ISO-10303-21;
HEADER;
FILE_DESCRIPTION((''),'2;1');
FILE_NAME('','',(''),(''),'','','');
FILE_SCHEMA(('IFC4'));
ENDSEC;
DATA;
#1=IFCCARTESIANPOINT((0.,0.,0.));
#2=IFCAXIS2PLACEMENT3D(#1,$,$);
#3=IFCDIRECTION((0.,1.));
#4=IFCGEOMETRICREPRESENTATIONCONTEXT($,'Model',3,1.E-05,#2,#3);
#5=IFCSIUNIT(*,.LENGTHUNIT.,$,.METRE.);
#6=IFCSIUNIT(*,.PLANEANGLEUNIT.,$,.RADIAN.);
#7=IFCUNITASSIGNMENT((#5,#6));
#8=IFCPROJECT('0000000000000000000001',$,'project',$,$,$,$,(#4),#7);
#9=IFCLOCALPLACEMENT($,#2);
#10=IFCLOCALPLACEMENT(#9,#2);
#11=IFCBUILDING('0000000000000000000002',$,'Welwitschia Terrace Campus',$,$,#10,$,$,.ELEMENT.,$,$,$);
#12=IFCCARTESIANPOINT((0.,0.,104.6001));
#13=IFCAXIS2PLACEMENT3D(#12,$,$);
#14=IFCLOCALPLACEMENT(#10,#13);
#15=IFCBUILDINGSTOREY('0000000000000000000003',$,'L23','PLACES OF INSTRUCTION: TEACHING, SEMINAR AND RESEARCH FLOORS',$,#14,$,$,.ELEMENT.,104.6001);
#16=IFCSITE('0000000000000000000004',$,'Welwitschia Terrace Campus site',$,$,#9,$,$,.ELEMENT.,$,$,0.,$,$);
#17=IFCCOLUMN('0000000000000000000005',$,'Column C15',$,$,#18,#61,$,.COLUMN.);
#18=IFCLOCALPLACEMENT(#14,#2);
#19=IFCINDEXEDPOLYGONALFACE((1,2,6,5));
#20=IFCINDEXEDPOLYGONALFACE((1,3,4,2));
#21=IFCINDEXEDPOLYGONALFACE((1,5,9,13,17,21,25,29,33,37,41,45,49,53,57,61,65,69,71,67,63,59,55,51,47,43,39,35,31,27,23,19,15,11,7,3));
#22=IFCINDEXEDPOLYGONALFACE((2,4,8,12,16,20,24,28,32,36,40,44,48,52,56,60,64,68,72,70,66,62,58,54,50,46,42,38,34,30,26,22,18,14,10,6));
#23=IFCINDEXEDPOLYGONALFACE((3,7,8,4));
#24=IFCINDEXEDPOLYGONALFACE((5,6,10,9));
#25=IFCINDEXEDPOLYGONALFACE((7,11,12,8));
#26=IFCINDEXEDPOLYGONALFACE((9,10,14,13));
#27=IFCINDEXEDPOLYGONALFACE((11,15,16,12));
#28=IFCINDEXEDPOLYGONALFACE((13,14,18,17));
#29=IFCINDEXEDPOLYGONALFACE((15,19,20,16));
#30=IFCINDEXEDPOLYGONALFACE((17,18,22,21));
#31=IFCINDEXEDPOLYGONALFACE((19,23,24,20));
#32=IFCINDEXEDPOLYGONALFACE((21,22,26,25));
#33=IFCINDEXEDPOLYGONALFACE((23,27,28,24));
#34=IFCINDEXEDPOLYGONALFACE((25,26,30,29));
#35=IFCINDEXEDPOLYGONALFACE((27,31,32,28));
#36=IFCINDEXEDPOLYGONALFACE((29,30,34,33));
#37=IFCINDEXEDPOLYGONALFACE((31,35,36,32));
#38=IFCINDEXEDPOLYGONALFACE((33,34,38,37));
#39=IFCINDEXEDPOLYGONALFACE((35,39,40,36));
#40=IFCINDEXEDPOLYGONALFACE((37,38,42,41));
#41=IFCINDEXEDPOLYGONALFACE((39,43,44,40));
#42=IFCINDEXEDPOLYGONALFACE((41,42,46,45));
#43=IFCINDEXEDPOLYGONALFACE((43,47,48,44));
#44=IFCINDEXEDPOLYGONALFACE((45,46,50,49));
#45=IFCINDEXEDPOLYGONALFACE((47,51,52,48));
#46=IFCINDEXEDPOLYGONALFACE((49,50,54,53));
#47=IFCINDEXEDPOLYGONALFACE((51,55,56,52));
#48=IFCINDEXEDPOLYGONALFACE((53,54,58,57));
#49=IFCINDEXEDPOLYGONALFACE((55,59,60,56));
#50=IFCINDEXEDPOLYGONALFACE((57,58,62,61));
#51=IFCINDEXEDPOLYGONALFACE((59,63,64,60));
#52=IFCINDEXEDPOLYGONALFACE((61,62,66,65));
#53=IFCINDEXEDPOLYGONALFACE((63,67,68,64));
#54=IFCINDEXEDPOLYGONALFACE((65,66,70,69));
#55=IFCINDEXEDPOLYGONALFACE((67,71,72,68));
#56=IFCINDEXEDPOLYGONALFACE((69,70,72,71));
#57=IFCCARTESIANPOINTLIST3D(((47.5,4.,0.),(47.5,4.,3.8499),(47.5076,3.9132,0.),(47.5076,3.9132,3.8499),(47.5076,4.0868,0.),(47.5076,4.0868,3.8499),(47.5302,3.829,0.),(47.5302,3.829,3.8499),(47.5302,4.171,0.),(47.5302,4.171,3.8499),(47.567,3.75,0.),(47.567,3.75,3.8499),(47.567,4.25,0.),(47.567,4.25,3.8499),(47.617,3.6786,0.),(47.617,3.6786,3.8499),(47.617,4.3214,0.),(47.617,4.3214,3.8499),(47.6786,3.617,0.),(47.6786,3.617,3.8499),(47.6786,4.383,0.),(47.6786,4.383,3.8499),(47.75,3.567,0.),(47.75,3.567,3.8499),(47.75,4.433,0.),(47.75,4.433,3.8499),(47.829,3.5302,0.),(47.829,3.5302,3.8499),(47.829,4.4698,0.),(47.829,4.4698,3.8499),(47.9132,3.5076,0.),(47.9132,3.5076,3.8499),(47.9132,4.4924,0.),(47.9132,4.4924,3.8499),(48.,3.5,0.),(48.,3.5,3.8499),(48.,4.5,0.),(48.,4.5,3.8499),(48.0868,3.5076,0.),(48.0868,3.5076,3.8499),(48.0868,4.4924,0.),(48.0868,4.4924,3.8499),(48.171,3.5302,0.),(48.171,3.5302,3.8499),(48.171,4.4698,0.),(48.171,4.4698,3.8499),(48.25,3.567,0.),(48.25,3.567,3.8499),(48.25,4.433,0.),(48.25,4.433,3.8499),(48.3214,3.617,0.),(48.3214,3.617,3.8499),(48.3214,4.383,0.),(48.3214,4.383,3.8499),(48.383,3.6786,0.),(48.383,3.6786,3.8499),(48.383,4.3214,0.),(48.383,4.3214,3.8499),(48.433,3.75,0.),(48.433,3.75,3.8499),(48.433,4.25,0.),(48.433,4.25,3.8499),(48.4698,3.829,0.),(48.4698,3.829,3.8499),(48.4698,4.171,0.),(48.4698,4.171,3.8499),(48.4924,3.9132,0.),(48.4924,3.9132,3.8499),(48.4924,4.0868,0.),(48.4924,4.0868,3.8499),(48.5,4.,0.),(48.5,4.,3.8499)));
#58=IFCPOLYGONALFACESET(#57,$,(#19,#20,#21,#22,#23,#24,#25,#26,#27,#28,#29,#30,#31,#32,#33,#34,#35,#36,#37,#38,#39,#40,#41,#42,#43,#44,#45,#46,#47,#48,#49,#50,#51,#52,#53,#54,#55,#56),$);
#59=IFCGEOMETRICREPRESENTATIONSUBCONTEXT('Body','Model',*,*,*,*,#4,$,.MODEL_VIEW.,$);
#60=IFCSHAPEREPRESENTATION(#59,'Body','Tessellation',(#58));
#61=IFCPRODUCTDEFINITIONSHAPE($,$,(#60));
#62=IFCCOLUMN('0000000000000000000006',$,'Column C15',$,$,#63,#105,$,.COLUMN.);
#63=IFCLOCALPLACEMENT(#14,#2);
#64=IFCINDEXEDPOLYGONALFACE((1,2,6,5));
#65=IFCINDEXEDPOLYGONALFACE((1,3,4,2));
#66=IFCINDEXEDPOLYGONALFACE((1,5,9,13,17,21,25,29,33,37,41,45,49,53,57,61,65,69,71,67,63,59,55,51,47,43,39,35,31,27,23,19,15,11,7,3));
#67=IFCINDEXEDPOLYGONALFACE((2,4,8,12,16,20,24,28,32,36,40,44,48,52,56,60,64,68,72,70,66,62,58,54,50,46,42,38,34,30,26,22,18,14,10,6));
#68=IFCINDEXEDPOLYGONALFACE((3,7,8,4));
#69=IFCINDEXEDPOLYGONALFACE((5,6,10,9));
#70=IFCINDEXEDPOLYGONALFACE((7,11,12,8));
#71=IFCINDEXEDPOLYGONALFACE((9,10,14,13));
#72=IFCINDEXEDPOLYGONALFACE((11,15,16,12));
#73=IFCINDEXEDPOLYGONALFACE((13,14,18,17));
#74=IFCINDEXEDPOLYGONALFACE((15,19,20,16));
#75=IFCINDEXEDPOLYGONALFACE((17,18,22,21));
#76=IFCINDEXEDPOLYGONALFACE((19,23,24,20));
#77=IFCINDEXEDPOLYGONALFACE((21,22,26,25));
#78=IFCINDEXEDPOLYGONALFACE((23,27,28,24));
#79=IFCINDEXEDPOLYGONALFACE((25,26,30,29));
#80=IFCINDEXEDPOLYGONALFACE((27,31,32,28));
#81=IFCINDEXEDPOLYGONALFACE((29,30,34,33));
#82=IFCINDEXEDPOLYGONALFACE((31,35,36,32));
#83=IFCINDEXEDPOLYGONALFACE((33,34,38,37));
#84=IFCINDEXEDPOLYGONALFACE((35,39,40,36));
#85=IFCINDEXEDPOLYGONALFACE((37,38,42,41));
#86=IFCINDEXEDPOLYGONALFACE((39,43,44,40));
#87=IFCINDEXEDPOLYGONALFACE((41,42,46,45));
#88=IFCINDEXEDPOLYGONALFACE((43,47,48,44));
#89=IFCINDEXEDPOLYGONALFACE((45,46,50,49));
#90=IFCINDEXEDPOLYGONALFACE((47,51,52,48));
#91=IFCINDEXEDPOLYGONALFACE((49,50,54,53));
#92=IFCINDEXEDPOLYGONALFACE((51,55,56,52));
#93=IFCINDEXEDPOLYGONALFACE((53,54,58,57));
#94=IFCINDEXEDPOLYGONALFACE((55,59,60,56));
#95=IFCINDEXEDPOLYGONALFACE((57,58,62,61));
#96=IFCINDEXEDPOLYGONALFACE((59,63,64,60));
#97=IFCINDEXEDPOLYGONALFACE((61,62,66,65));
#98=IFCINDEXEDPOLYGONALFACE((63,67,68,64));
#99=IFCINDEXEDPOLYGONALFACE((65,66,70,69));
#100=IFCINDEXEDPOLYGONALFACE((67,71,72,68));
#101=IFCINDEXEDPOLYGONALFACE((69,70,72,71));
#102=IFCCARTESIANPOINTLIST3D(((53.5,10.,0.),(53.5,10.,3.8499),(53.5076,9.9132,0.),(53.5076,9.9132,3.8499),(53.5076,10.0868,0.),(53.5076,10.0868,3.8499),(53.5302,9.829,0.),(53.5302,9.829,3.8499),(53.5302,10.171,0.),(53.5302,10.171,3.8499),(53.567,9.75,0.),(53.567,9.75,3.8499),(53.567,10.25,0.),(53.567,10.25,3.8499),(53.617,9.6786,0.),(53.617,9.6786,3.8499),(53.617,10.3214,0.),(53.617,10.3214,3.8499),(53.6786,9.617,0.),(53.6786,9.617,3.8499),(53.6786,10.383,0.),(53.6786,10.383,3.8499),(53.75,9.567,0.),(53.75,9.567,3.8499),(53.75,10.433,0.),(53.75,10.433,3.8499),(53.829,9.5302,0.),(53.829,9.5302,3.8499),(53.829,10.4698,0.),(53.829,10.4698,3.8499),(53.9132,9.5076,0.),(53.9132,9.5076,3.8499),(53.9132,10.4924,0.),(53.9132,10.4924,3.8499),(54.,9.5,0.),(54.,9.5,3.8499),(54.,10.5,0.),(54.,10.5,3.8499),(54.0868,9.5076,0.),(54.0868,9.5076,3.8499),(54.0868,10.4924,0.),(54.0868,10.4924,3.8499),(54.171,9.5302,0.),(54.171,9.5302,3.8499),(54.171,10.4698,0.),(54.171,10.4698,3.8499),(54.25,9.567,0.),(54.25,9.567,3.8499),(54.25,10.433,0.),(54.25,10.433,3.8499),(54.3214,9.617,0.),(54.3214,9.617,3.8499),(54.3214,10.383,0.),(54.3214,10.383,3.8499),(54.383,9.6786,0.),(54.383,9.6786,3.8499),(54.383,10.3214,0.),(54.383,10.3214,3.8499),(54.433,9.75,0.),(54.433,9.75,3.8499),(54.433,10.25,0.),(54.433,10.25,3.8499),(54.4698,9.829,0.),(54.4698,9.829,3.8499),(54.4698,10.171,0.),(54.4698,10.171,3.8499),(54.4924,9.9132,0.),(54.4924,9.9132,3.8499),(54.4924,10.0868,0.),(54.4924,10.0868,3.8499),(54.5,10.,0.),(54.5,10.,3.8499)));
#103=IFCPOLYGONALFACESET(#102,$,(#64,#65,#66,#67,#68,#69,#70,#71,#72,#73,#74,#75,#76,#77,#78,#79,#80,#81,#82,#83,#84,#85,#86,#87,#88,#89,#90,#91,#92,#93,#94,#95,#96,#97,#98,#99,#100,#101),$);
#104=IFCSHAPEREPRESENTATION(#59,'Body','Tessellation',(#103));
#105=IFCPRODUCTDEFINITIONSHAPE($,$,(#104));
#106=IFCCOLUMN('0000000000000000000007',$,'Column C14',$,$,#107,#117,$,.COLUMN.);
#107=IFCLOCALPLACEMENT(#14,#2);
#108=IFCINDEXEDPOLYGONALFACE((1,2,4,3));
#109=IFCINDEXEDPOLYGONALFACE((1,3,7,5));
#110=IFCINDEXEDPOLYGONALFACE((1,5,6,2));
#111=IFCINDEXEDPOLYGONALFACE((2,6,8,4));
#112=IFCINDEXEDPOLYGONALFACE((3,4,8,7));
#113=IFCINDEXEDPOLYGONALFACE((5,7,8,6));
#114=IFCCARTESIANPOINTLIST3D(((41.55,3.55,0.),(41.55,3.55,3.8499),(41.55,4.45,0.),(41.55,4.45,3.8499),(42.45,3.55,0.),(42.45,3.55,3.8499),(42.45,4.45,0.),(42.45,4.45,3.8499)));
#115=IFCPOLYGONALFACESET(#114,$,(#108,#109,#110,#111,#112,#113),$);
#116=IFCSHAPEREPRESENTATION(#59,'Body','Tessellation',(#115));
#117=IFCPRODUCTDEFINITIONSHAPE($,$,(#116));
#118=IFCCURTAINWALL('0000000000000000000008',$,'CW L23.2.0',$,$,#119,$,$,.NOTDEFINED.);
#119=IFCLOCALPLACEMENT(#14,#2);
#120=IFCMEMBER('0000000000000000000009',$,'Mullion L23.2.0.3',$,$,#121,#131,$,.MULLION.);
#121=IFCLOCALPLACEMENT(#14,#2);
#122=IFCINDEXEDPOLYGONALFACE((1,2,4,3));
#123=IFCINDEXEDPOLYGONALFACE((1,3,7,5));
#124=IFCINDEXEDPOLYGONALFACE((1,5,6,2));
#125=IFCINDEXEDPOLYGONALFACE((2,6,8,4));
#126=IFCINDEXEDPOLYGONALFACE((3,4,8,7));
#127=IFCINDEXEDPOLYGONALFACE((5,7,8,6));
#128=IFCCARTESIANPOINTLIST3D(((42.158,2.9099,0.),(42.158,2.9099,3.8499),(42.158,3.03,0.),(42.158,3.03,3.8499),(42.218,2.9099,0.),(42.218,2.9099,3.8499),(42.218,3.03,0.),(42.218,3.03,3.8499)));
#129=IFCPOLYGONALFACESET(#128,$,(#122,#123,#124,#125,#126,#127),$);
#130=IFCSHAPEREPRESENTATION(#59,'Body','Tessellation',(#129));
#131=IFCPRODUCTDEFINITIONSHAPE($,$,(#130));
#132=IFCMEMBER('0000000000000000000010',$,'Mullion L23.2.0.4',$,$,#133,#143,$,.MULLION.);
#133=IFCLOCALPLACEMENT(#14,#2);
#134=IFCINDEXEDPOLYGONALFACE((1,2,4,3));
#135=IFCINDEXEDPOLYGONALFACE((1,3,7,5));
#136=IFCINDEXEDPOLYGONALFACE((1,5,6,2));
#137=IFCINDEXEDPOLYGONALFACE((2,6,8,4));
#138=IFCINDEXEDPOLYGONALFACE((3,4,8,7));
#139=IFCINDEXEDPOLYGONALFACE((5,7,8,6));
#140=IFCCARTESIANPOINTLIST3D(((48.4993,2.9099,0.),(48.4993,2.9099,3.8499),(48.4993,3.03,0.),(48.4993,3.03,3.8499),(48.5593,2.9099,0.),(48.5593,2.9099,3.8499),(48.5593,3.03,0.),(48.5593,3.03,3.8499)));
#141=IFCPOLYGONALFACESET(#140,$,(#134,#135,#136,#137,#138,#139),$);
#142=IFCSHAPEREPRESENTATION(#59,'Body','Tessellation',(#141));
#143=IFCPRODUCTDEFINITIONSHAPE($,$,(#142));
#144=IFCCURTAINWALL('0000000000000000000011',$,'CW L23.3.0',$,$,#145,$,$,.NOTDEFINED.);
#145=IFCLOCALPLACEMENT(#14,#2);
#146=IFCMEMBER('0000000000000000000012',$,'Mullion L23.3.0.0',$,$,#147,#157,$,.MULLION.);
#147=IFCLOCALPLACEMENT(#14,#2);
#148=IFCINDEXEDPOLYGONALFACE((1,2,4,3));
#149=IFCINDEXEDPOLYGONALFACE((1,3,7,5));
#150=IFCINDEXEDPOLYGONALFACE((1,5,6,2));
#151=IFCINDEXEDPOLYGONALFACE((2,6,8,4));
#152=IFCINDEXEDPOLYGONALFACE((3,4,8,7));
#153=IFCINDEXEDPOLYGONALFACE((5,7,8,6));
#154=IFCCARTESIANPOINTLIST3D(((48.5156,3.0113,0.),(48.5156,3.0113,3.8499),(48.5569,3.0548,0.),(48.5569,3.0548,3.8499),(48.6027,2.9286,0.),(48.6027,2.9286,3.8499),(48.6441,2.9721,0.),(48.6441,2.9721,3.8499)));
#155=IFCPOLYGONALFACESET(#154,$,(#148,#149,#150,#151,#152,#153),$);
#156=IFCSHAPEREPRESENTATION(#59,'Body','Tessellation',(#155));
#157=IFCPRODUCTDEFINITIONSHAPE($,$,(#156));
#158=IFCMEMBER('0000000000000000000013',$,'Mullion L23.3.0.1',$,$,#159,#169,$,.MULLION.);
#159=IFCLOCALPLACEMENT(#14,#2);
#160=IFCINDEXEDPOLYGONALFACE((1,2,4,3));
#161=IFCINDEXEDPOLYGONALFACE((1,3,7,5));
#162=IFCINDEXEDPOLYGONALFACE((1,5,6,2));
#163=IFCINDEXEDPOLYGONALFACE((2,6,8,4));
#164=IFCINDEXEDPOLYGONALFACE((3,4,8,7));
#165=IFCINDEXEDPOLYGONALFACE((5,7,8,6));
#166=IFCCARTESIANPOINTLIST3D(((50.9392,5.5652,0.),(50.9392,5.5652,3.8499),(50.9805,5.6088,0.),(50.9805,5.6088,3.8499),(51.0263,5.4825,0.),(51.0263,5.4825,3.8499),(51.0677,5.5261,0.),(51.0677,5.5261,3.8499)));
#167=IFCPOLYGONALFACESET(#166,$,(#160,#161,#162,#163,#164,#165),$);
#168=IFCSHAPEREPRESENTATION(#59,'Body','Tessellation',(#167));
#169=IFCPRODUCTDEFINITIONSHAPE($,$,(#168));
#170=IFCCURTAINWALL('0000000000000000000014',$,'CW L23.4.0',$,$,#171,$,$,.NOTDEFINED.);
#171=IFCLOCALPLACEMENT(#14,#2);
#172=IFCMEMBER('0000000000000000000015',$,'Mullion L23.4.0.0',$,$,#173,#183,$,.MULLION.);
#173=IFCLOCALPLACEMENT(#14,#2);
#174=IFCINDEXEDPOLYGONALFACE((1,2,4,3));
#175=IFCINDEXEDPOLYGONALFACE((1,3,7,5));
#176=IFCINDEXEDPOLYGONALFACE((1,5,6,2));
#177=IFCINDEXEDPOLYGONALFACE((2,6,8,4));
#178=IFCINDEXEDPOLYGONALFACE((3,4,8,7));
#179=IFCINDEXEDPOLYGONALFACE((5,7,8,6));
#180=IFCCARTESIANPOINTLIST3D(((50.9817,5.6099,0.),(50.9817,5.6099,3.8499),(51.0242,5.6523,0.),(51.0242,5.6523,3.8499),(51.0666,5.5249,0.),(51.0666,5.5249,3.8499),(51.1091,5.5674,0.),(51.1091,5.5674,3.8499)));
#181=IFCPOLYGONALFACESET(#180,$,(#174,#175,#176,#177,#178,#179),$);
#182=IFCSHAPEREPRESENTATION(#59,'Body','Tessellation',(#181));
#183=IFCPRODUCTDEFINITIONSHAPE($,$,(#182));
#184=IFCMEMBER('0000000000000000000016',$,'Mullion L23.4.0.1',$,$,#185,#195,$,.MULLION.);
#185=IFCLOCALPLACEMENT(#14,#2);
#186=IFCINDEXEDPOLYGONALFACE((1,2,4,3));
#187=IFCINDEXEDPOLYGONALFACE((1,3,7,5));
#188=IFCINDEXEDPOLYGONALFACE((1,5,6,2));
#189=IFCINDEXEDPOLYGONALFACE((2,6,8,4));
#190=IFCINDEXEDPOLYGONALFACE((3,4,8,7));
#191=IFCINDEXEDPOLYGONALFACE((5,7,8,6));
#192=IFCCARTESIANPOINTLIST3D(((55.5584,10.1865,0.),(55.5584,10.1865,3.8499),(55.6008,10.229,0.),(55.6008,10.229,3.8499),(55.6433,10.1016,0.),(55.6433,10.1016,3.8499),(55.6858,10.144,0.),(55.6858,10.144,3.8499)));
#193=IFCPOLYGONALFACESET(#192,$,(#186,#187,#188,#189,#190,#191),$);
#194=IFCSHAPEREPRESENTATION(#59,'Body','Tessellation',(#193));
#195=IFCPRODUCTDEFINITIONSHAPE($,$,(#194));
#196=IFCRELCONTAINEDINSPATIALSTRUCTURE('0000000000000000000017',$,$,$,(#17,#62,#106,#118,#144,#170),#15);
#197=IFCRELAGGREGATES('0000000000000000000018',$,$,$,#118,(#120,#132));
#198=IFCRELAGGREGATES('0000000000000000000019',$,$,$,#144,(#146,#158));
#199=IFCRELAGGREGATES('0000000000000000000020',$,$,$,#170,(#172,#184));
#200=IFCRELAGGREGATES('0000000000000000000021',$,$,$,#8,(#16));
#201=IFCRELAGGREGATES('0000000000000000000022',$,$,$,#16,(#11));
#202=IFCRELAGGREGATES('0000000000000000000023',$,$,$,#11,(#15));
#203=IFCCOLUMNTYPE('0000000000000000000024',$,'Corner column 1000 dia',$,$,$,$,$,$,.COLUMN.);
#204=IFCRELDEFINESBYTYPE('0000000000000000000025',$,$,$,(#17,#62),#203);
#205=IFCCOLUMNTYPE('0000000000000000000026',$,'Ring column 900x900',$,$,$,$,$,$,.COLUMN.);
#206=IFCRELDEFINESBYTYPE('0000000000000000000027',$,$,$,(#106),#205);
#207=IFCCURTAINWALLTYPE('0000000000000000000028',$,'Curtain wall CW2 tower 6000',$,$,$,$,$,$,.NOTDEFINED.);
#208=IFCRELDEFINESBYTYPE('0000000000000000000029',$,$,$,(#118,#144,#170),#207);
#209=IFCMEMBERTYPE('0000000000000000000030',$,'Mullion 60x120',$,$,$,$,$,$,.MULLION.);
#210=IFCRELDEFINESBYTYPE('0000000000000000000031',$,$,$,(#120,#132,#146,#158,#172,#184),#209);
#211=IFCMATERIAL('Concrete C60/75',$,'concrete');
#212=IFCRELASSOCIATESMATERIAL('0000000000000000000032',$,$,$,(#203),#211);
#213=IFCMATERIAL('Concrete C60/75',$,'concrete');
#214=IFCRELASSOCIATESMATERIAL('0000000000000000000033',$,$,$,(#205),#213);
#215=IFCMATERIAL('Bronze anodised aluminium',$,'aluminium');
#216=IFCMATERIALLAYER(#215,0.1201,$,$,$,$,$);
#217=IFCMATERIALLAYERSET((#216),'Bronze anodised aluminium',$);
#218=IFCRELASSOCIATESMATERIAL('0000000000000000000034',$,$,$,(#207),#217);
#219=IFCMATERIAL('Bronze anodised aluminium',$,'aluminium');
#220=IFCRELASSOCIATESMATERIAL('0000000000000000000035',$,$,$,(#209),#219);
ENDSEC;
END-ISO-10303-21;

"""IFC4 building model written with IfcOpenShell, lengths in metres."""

from ifc_helpers import new_model, si_unit, direction, frame, origin, origin_2d, place, context, subcontext, project, spatial, rectangle, circle, extrude, material, layer, layer_set, material_profile, profile_set, type_object, element, aggregate, save


model = new_model("IFC4")

# Units and contexts
model_context = context("Model", 3, precision=1e-05, world=origin(), true_north=direction((0.0, 1.0)))
body_context = subcontext(model_context, "Body", "Model", "MODEL_VIEW")
ifc_project = project(units=[si_unit("LENGTHUNIT", "METRE"), si_unit("PLANEANGLEUNIT", "RADIAN")], contexts=[model_context])

# Site, building, storey
site_placement = place(None, origin())
site = spatial("IfcSite", under=ifc_project, at=site_placement, Name="Welwitschia Terrace Campus site", CompositionType="ELEMENT", RefElevation=0.0)
building_placement = place(site_placement, origin())
building = spatial("IfcBuilding", under=site, at=building_placement, Name="Welwitschia Terrace Campus", CompositionType="ELEMENT")
storey_placement = place(building_placement, frame((0.0, 0.0, 104.6001)))
storey = spatial("IfcBuildingStorey", under=building, at=storey_placement, Name="L23", Description="PLACES OF INSTRUCTION: TEACHING, SEMINAR AND RESEARCH FLOORS", CompositionType="ELEMENT", Elevation=104.6001)

# Columns
ifc_material_1 = material(Name="Concrete C60/75", Category="concrete")
ifc_material_profile_1 = material_profile(ifc_material_1, circle(Radius=0.5, at=origin_2d()))
ifc_profile_set_1 = profile_set([ifc_material_profile_1], Name="Concrete C60/75")
column_type_1 = type_object("IfcColumnType", Name="Corner column 1000 dia", PredefinedType="COLUMN", material=ifc_profile_set_1)
for number, where, z_axis, x_axis, name in (
    (1, (48.0, 4.0, 0.0), (0.0, 0.0, 1.0), (1.0, 0.0, 0.0), "Column C15"),
    (2, (54.0, 10.0, 0.0), (0.0, 0.0, 1.0), (1.0, 0.0, 0.0), "Column C15"),
):
    element("IfcColumn", number, at=place(storey_placement, frame(where, z_axis=z_axis, x_axis=x_axis)), inside=storey, type_object=column_type_1, Name=name, PredefinedType="COLUMN", context=body_context, shape_type="SweptSolid", body=[
        extrude(circle(Radius=0.5, at=origin_2d()), origin(), (0.0, 0.0, 1.0), 3.8499),
    ])
ifc_material_2 = material(Name="Concrete C60/75", Category="concrete")
ifc_material_profile_2 = material_profile(ifc_material_2, rectangle(XDim=0.8999, YDim=0.8999, at=origin_2d()))
ifc_profile_set_2 = profile_set([ifc_material_profile_2], Name="Concrete C60/75")
column_type_2 = type_object("IfcColumnType", Name="Ring column 900x900", PredefinedType="COLUMN", material=ifc_profile_set_2)
column_placement = place(storey_placement, frame((42.0, 4.0, 0.0), z_axis=(0.0, 0.0, 1.0), x_axis=(1.0, 0.0, 0.0)))
element("IfcColumn", 3, at=column_placement, inside=storey, type_object=column_type_2, Name="Column C14", PredefinedType="COLUMN", context=body_context, shape_type="SweptSolid", body=[
    extrude(rectangle(XDim=0.8999, YDim=0.8999, at=origin_2d()), origin(), (0.0, 0.0, 1.0), 3.8499),
])

# Curtain walls, members
ifc_material_3 = material(Name="Bronze anodised aluminium", Category="aluminium")
ifc_layer_1 = layer(ifc_material_3, 0.1201)
ifc_layer_set_1 = layer_set([ifc_layer_1], Name="Bronze anodised aluminium")
curtain_wall_type = type_object("IfcCurtainWallType", Name="Curtain wall CW2 tower 6000", PredefinedType="NOTDEFINED", material=ifc_layer_set_1)
curtain_wall_1_placement = place(storey_placement, origin())
curtain_wall_1 = element("IfcCurtainWall", 4, at=curtain_wall_1_placement, inside=storey, type_object=curtain_wall_type, Name="CW L23.2.0", PredefinedType="NOTDEFINED")
ifc_material_4 = material(Name="Bronze anodised aluminium", Category="aluminium")
ifc_material_profile_3 = material_profile(ifc_material_4, rectangle(XDim=0.1201, YDim=0.0601, at=origin_2d()))
ifc_profile_set_3 = profile_set([ifc_material_profile_3], Name="Bronze anodised aluminium")
member_type_1 = type_object("IfcMemberType", Name="Mullion 60x120", PredefinedType="MULLION", material=ifc_profile_set_3)
member_1_placement = place(storey_placement, frame((42.188, 2.97, 0.0), z_axis=(0.0, 0.0, 1.0), x_axis=(0.0, 1.0, 0.0)))
member_1 = element("IfcMember", 5, at=member_1_placement, type_object=member_type_1, Name="Mullion L23.2.0.3", PredefinedType="MULLION", context=body_context, shape_type="SweptSolid", body=[
    extrude(rectangle(XDim=0.1201, YDim=0.0601, at=origin_2d()), origin(), (0.0, 0.0, 1.0), 3.8499),
])
member_2_placement = place(storey_placement, frame((48.5293, 2.97, 0.0), z_axis=(0.0, 0.0, 1.0), x_axis=(0.0, 1.0, 0.0)))
member_2 = element("IfcMember", 6, at=member_2_placement, type_object=member_type_1, Name="Mullion L23.2.0.4", PredefinedType="MULLION", context=body_context, shape_type="SweptSolid", body=[
    extrude(rectangle(XDim=0.1201, YDim=0.0601, at=origin_2d()), origin(), (0.0, 0.0, 1.0), 3.8499),
])
curtain_wall_2_placement = place(storey_placement, origin())
curtain_wall_2 = element("IfcCurtainWall", 7, at=curtain_wall_2_placement, inside=storey, type_object=curtain_wall_type, Name="CW L23.3.0", PredefinedType="NOTDEFINED")
member_3_placement = place(storey_placement, frame((48.5798, 2.9917, 0.0), z_axis=(0.0, 0.0, 1.0), x_axis=(-0.725374, 0.688355, 0.0)))
member_3 = element("IfcMember", 8, at=member_3_placement, type_object=member_type_1, Name="Mullion L23.3.0.0", PredefinedType="MULLION", context=body_context, shape_type="SweptSolid", body=[
    extrude(rectangle(XDim=0.1201, YDim=0.0601, at=origin_2d()), origin(), (0.0, 0.0, 1.0), 3.8499),
])
member_4_placement = place(storey_placement, frame((51.0034, 5.5457, 0.0), z_axis=(0.0, 0.0, 1.0), x_axis=(-0.725374, 0.688355, 0.0)))
member_4 = element("IfcMember", 9, at=member_4_placement, type_object=member_type_1, Name="Mullion L23.3.0.1", PredefinedType="MULLION", context=body_context, shape_type="SweptSolid", body=[
    extrude(rectangle(XDim=0.1201, YDim=0.0601, at=origin_2d()), origin(), (0.0, 0.0, 1.0), 3.8499),
])
curtain_wall_3_placement = place(storey_placement, origin())
curtain_wall_3 = element("IfcCurtainWall", 10, at=curtain_wall_3_placement, inside=storey, type_object=curtain_wall_type, Name="CW L23.4.0", PredefinedType="NOTDEFINED")
member_5_placement = place(storey_placement, frame((51.0454, 5.5886, 0.0), z_axis=(0.0, 0.0, 1.0), x_axis=(-0.707107, 0.707107, 0.0)))
member_5 = element("IfcMember", 11, at=member_5_placement, type_object=member_type_1, Name="Mullion L23.4.0.0", PredefinedType="MULLION", context=body_context, shape_type="SweptSolid", body=[
    extrude(rectangle(XDim=0.1201, YDim=0.0601, at=origin_2d()), origin(), (0.0, 0.0, 1.0), 3.8499),
])
member_6_placement = place(storey_placement, frame((55.6221, 10.1653, 0.0), z_axis=(0.0, 0.0, 1.0), x_axis=(-0.707107, 0.707107, 0.0)))
member_6 = element("IfcMember", 12, at=member_6_placement, type_object=member_type_1, Name="Mullion L23.4.0.1", PredefinedType="MULLION", context=body_context, shape_type="SweptSolid", body=[
    extrude(rectangle(XDim=0.1201, YDim=0.0601, at=origin_2d()), origin(), (0.0, 0.0, 1.0), 3.8499),
])

aggregate(curtain_wall_1, [member_1, member_2])
aggregate(curtain_wall_2, [member_3, member_4])
aggregate(curtain_wall_3, [member_5, member_6])

save(model, "model.ifc")
